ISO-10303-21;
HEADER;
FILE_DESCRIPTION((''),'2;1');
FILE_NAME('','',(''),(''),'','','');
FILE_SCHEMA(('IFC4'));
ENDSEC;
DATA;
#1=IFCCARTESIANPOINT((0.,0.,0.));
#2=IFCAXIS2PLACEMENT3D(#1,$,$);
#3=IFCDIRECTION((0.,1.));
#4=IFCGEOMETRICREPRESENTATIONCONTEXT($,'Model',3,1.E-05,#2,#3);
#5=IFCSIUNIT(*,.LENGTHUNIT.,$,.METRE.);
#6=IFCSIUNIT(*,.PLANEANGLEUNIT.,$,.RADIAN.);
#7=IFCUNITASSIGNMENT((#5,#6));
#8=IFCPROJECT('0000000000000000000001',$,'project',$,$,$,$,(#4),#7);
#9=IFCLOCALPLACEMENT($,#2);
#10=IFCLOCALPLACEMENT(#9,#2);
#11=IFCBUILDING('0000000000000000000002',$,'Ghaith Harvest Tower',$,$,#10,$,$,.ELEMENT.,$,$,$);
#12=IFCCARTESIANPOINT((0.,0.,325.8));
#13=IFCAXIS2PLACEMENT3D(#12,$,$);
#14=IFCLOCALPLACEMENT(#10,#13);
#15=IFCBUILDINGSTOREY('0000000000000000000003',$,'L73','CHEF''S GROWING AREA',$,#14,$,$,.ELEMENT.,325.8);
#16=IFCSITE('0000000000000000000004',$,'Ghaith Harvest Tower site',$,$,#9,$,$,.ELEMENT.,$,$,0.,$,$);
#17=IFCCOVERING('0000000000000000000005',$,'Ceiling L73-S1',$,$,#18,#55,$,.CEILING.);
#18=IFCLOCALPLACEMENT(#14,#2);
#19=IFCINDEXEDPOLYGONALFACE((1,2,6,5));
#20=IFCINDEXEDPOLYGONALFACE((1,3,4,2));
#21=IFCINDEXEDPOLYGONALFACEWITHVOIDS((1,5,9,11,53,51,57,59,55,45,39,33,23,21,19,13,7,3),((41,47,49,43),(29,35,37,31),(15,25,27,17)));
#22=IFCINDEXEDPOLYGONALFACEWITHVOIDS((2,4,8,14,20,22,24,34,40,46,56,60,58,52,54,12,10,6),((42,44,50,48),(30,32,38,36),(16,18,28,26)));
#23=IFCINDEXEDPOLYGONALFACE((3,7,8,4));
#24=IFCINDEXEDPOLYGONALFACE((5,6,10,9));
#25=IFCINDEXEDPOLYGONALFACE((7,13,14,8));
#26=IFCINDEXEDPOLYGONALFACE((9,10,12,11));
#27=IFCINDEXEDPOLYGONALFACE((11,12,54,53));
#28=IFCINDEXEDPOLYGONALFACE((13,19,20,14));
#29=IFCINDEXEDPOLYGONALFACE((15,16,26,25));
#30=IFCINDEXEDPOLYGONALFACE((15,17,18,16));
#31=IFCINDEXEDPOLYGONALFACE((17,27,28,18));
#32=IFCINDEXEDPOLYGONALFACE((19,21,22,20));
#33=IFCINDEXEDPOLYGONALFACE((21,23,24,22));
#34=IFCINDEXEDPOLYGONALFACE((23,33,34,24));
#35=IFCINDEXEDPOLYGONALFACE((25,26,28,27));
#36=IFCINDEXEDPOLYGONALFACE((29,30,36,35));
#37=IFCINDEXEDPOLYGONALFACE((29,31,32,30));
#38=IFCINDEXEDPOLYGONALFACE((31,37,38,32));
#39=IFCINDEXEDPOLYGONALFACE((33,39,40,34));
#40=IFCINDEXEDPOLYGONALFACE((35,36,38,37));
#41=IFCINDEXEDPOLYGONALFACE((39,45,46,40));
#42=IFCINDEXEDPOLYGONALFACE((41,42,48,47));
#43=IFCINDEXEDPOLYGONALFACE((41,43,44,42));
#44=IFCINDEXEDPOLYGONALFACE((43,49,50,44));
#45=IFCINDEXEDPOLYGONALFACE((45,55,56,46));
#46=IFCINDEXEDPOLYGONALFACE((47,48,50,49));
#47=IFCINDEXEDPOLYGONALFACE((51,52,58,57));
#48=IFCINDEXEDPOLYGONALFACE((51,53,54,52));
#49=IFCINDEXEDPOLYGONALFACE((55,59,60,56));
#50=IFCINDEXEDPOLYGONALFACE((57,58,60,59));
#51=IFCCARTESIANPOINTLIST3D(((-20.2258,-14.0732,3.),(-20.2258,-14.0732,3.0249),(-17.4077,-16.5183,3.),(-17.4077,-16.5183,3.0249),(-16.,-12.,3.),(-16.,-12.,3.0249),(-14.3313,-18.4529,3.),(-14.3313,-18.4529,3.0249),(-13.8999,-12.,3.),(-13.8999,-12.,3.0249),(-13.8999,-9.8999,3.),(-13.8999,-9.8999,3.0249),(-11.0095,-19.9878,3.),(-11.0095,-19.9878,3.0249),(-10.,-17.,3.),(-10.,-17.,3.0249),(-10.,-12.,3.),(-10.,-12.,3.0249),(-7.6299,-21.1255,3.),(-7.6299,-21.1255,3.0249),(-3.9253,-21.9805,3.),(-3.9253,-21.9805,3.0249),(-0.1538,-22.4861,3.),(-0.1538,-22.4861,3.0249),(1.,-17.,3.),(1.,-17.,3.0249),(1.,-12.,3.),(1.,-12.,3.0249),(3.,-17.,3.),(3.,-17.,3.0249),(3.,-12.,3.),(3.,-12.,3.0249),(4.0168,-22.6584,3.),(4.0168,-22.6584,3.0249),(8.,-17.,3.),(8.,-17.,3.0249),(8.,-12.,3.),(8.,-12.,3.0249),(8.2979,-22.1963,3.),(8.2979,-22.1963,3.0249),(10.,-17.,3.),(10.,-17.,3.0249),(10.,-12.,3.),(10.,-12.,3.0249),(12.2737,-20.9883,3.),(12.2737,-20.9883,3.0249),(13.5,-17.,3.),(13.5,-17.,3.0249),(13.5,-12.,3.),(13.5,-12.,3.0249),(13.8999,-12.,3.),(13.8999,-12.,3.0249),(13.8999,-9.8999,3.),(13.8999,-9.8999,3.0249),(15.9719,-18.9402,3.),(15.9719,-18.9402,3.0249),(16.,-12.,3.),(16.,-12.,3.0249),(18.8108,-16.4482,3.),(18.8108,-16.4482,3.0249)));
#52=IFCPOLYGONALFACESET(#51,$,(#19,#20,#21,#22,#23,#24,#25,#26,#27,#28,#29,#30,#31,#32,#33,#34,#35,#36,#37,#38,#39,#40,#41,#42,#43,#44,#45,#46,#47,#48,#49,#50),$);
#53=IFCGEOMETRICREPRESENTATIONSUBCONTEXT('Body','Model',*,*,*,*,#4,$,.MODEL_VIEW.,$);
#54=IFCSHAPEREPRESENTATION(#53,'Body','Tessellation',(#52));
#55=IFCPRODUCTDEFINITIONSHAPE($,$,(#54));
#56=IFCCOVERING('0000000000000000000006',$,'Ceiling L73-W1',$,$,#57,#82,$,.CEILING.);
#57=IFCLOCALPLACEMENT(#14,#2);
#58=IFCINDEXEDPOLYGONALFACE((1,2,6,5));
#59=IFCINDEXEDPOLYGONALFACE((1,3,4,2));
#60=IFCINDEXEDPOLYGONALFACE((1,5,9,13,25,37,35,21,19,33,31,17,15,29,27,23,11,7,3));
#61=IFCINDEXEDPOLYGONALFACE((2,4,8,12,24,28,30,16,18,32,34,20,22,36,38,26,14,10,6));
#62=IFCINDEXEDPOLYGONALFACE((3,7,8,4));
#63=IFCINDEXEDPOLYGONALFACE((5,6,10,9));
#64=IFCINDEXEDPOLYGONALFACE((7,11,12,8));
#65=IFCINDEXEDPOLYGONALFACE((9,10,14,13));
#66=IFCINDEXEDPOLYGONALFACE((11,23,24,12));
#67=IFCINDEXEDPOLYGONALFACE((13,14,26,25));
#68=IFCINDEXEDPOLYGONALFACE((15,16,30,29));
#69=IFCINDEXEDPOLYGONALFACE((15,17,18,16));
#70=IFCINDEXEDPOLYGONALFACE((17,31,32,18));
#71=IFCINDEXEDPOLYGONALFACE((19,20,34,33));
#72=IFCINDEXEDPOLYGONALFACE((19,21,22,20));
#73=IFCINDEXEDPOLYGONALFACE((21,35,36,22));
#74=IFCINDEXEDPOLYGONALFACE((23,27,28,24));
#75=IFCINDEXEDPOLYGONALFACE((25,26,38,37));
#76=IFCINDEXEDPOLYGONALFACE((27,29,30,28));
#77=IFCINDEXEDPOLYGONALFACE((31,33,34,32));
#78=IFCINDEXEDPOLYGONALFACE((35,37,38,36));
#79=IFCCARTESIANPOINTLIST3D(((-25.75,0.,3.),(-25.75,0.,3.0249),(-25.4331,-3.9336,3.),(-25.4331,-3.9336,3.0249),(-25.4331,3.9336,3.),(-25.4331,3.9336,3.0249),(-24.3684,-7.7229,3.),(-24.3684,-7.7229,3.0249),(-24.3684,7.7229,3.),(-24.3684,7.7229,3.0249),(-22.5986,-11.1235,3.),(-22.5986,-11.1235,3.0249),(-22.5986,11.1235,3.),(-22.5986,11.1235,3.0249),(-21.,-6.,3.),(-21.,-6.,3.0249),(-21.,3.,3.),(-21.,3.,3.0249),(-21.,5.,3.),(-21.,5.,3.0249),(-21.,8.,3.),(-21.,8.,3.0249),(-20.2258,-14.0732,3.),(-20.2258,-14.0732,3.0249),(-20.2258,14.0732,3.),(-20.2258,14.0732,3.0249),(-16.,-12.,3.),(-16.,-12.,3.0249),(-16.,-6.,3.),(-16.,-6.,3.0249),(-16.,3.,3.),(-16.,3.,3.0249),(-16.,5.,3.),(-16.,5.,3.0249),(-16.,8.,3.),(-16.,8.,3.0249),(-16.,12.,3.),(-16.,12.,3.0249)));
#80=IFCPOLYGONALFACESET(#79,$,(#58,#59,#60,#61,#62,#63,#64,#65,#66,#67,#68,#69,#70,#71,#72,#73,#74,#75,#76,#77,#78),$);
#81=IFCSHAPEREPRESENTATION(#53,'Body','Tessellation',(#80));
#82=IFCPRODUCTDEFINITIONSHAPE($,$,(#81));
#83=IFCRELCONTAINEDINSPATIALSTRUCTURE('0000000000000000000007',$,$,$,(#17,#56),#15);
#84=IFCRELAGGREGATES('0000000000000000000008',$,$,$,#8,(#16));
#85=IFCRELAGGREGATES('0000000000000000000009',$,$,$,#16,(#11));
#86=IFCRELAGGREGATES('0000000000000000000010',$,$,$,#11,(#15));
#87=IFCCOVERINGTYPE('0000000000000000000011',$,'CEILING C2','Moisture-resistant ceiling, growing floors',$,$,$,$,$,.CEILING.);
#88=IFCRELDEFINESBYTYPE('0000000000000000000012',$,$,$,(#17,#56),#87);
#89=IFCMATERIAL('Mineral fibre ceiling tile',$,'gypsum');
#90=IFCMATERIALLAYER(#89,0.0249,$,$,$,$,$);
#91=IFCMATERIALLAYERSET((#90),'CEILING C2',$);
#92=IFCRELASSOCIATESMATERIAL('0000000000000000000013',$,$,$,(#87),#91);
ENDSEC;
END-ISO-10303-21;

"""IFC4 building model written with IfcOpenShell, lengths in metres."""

from ifc_helpers import new_model, si_unit, direction, frame, origin, place, context, subcontext, project, spatial, polyline, outline, extrude, material, layer, layer_set, type_object, element, save


model = new_model("IFC4")

# Units and contexts
model_context = context("Model", 3, precision=1e-05, world=origin(), true_north=direction((0.0, 1.0)))
body_context = subcontext(model_context, "Body", "Model", "MODEL_VIEW")
ifc_project = project(units=[si_unit("LENGTHUNIT", "METRE"), si_unit("PLANEANGLEUNIT", "RADIAN")], contexts=[model_context])

# Site, building, storey
site_placement = place(None, origin())
site = spatial("IfcSite", under=ifc_project, at=site_placement, Name="Ghaith Harvest Tower site", CompositionType="ELEMENT", RefElevation=0.0)
building_placement = place(site_placement, origin())
building = spatial("IfcBuilding", under=site, at=building_placement, Name="Ghaith Harvest Tower", CompositionType="ELEMENT")
storey_placement = place(building_placement, frame((0.0, 0.0, 325.8)))
storey = spatial("IfcBuildingStorey", under=building, at=storey_placement, Name="L73", Description="CHEF'S GROWING AREA", CompositionType="ELEMENT", Elevation=325.8)

# Coverings
ifc_material_1 = material(Name="Mineral fibre ceiling tile", Category="gypsum")
ifc_layer_1 = layer(ifc_material_1, 0.0249)
ifc_layer_set_1 = layer_set([ifc_layer_1], Name="CEILING C2")
covering_type = type_object("IfcCoveringType", Name="CEILING C2", Description="Moisture-resistant ceiling, growing floors", PredefinedType="CEILING", material=ifc_layer_set_1)
covering_1_placement = place(storey_placement, frame((0.0, 0.0, 3.0)))
element("IfcCovering", 1, at=covering_1_placement, inside=storey, type_object=covering_type, Name="Ceiling L73-S1", PredefinedType="CEILING", context=body_context, shape_type="SweptSolid", body=[
    extrude(outline(polyline([(-14.3313, -18.4529), (-17.4077, -16.5183), (-20.2258, -14.0732), (-16.0, -12.0), (-13.8999, -12.0), (-13.8999, -9.8999), (13.8999, -9.8999), (13.8999, -12.0), (16.0, -12.0), (18.8108, -16.4482), (15.9719, -18.9402), (12.2737, -20.9883), (8.2979, -22.1963), (4.0168, -22.6584), (-0.1538, -22.4861), (-3.9253, -21.9805), (-7.6299, -21.1255), (-11.0095, -19.9878), (-14.3313, -18.4529)]), holes=[polyline([(-10.0, -17.0), (1.0, -17.0), (1.0, -12.0), (-10.0, -12.0), (-10.0, -17.0)]), polyline([(3.0, -17.0), (8.0, -17.0), (8.0, -12.0), (3.0, -12.0), (3.0, -17.0)]), polyline([(10.0, -17.0), (13.5, -17.0), (13.5, -12.0), (10.0, -12.0), (10.0, -17.0)])]), origin(), (0.0, 0.0, 1.0), 0.0249),
])
covering_2_placement = place(storey_placement, frame((0.0, 0.0, 3.0)))
element("IfcCovering", 2, at=covering_2_placement, inside=storey, type_object=covering_type, Name="Ceiling L73-W1", PredefinedType="CEILING", context=body_context, shape_type="SweptSolid", body=[
    extrude(outline(polyline([(-22.5986, -11.1235), (-24.3684, -7.7229), (-25.4331, -3.9336), (-25.75, 0.0), (-25.4331, 3.9336), (-24.3684, 7.7229), (-22.5986, 11.1235), (-20.2258, 14.0732), (-16.0, 12.0), (-16.0, 8.0), (-21.0, 8.0), (-21.0, 5.0), (-16.0, 5.0), (-16.0, 3.0), (-21.0, 3.0), (-21.0, -6.0), (-16.0, -6.0), (-16.0, -12.0), (-20.2258, -14.0732), (-22.5986, -11.1235)])), origin(), (0.0, 0.0, 1.0), 0.0249),
])

save(model, "model.ifc")
